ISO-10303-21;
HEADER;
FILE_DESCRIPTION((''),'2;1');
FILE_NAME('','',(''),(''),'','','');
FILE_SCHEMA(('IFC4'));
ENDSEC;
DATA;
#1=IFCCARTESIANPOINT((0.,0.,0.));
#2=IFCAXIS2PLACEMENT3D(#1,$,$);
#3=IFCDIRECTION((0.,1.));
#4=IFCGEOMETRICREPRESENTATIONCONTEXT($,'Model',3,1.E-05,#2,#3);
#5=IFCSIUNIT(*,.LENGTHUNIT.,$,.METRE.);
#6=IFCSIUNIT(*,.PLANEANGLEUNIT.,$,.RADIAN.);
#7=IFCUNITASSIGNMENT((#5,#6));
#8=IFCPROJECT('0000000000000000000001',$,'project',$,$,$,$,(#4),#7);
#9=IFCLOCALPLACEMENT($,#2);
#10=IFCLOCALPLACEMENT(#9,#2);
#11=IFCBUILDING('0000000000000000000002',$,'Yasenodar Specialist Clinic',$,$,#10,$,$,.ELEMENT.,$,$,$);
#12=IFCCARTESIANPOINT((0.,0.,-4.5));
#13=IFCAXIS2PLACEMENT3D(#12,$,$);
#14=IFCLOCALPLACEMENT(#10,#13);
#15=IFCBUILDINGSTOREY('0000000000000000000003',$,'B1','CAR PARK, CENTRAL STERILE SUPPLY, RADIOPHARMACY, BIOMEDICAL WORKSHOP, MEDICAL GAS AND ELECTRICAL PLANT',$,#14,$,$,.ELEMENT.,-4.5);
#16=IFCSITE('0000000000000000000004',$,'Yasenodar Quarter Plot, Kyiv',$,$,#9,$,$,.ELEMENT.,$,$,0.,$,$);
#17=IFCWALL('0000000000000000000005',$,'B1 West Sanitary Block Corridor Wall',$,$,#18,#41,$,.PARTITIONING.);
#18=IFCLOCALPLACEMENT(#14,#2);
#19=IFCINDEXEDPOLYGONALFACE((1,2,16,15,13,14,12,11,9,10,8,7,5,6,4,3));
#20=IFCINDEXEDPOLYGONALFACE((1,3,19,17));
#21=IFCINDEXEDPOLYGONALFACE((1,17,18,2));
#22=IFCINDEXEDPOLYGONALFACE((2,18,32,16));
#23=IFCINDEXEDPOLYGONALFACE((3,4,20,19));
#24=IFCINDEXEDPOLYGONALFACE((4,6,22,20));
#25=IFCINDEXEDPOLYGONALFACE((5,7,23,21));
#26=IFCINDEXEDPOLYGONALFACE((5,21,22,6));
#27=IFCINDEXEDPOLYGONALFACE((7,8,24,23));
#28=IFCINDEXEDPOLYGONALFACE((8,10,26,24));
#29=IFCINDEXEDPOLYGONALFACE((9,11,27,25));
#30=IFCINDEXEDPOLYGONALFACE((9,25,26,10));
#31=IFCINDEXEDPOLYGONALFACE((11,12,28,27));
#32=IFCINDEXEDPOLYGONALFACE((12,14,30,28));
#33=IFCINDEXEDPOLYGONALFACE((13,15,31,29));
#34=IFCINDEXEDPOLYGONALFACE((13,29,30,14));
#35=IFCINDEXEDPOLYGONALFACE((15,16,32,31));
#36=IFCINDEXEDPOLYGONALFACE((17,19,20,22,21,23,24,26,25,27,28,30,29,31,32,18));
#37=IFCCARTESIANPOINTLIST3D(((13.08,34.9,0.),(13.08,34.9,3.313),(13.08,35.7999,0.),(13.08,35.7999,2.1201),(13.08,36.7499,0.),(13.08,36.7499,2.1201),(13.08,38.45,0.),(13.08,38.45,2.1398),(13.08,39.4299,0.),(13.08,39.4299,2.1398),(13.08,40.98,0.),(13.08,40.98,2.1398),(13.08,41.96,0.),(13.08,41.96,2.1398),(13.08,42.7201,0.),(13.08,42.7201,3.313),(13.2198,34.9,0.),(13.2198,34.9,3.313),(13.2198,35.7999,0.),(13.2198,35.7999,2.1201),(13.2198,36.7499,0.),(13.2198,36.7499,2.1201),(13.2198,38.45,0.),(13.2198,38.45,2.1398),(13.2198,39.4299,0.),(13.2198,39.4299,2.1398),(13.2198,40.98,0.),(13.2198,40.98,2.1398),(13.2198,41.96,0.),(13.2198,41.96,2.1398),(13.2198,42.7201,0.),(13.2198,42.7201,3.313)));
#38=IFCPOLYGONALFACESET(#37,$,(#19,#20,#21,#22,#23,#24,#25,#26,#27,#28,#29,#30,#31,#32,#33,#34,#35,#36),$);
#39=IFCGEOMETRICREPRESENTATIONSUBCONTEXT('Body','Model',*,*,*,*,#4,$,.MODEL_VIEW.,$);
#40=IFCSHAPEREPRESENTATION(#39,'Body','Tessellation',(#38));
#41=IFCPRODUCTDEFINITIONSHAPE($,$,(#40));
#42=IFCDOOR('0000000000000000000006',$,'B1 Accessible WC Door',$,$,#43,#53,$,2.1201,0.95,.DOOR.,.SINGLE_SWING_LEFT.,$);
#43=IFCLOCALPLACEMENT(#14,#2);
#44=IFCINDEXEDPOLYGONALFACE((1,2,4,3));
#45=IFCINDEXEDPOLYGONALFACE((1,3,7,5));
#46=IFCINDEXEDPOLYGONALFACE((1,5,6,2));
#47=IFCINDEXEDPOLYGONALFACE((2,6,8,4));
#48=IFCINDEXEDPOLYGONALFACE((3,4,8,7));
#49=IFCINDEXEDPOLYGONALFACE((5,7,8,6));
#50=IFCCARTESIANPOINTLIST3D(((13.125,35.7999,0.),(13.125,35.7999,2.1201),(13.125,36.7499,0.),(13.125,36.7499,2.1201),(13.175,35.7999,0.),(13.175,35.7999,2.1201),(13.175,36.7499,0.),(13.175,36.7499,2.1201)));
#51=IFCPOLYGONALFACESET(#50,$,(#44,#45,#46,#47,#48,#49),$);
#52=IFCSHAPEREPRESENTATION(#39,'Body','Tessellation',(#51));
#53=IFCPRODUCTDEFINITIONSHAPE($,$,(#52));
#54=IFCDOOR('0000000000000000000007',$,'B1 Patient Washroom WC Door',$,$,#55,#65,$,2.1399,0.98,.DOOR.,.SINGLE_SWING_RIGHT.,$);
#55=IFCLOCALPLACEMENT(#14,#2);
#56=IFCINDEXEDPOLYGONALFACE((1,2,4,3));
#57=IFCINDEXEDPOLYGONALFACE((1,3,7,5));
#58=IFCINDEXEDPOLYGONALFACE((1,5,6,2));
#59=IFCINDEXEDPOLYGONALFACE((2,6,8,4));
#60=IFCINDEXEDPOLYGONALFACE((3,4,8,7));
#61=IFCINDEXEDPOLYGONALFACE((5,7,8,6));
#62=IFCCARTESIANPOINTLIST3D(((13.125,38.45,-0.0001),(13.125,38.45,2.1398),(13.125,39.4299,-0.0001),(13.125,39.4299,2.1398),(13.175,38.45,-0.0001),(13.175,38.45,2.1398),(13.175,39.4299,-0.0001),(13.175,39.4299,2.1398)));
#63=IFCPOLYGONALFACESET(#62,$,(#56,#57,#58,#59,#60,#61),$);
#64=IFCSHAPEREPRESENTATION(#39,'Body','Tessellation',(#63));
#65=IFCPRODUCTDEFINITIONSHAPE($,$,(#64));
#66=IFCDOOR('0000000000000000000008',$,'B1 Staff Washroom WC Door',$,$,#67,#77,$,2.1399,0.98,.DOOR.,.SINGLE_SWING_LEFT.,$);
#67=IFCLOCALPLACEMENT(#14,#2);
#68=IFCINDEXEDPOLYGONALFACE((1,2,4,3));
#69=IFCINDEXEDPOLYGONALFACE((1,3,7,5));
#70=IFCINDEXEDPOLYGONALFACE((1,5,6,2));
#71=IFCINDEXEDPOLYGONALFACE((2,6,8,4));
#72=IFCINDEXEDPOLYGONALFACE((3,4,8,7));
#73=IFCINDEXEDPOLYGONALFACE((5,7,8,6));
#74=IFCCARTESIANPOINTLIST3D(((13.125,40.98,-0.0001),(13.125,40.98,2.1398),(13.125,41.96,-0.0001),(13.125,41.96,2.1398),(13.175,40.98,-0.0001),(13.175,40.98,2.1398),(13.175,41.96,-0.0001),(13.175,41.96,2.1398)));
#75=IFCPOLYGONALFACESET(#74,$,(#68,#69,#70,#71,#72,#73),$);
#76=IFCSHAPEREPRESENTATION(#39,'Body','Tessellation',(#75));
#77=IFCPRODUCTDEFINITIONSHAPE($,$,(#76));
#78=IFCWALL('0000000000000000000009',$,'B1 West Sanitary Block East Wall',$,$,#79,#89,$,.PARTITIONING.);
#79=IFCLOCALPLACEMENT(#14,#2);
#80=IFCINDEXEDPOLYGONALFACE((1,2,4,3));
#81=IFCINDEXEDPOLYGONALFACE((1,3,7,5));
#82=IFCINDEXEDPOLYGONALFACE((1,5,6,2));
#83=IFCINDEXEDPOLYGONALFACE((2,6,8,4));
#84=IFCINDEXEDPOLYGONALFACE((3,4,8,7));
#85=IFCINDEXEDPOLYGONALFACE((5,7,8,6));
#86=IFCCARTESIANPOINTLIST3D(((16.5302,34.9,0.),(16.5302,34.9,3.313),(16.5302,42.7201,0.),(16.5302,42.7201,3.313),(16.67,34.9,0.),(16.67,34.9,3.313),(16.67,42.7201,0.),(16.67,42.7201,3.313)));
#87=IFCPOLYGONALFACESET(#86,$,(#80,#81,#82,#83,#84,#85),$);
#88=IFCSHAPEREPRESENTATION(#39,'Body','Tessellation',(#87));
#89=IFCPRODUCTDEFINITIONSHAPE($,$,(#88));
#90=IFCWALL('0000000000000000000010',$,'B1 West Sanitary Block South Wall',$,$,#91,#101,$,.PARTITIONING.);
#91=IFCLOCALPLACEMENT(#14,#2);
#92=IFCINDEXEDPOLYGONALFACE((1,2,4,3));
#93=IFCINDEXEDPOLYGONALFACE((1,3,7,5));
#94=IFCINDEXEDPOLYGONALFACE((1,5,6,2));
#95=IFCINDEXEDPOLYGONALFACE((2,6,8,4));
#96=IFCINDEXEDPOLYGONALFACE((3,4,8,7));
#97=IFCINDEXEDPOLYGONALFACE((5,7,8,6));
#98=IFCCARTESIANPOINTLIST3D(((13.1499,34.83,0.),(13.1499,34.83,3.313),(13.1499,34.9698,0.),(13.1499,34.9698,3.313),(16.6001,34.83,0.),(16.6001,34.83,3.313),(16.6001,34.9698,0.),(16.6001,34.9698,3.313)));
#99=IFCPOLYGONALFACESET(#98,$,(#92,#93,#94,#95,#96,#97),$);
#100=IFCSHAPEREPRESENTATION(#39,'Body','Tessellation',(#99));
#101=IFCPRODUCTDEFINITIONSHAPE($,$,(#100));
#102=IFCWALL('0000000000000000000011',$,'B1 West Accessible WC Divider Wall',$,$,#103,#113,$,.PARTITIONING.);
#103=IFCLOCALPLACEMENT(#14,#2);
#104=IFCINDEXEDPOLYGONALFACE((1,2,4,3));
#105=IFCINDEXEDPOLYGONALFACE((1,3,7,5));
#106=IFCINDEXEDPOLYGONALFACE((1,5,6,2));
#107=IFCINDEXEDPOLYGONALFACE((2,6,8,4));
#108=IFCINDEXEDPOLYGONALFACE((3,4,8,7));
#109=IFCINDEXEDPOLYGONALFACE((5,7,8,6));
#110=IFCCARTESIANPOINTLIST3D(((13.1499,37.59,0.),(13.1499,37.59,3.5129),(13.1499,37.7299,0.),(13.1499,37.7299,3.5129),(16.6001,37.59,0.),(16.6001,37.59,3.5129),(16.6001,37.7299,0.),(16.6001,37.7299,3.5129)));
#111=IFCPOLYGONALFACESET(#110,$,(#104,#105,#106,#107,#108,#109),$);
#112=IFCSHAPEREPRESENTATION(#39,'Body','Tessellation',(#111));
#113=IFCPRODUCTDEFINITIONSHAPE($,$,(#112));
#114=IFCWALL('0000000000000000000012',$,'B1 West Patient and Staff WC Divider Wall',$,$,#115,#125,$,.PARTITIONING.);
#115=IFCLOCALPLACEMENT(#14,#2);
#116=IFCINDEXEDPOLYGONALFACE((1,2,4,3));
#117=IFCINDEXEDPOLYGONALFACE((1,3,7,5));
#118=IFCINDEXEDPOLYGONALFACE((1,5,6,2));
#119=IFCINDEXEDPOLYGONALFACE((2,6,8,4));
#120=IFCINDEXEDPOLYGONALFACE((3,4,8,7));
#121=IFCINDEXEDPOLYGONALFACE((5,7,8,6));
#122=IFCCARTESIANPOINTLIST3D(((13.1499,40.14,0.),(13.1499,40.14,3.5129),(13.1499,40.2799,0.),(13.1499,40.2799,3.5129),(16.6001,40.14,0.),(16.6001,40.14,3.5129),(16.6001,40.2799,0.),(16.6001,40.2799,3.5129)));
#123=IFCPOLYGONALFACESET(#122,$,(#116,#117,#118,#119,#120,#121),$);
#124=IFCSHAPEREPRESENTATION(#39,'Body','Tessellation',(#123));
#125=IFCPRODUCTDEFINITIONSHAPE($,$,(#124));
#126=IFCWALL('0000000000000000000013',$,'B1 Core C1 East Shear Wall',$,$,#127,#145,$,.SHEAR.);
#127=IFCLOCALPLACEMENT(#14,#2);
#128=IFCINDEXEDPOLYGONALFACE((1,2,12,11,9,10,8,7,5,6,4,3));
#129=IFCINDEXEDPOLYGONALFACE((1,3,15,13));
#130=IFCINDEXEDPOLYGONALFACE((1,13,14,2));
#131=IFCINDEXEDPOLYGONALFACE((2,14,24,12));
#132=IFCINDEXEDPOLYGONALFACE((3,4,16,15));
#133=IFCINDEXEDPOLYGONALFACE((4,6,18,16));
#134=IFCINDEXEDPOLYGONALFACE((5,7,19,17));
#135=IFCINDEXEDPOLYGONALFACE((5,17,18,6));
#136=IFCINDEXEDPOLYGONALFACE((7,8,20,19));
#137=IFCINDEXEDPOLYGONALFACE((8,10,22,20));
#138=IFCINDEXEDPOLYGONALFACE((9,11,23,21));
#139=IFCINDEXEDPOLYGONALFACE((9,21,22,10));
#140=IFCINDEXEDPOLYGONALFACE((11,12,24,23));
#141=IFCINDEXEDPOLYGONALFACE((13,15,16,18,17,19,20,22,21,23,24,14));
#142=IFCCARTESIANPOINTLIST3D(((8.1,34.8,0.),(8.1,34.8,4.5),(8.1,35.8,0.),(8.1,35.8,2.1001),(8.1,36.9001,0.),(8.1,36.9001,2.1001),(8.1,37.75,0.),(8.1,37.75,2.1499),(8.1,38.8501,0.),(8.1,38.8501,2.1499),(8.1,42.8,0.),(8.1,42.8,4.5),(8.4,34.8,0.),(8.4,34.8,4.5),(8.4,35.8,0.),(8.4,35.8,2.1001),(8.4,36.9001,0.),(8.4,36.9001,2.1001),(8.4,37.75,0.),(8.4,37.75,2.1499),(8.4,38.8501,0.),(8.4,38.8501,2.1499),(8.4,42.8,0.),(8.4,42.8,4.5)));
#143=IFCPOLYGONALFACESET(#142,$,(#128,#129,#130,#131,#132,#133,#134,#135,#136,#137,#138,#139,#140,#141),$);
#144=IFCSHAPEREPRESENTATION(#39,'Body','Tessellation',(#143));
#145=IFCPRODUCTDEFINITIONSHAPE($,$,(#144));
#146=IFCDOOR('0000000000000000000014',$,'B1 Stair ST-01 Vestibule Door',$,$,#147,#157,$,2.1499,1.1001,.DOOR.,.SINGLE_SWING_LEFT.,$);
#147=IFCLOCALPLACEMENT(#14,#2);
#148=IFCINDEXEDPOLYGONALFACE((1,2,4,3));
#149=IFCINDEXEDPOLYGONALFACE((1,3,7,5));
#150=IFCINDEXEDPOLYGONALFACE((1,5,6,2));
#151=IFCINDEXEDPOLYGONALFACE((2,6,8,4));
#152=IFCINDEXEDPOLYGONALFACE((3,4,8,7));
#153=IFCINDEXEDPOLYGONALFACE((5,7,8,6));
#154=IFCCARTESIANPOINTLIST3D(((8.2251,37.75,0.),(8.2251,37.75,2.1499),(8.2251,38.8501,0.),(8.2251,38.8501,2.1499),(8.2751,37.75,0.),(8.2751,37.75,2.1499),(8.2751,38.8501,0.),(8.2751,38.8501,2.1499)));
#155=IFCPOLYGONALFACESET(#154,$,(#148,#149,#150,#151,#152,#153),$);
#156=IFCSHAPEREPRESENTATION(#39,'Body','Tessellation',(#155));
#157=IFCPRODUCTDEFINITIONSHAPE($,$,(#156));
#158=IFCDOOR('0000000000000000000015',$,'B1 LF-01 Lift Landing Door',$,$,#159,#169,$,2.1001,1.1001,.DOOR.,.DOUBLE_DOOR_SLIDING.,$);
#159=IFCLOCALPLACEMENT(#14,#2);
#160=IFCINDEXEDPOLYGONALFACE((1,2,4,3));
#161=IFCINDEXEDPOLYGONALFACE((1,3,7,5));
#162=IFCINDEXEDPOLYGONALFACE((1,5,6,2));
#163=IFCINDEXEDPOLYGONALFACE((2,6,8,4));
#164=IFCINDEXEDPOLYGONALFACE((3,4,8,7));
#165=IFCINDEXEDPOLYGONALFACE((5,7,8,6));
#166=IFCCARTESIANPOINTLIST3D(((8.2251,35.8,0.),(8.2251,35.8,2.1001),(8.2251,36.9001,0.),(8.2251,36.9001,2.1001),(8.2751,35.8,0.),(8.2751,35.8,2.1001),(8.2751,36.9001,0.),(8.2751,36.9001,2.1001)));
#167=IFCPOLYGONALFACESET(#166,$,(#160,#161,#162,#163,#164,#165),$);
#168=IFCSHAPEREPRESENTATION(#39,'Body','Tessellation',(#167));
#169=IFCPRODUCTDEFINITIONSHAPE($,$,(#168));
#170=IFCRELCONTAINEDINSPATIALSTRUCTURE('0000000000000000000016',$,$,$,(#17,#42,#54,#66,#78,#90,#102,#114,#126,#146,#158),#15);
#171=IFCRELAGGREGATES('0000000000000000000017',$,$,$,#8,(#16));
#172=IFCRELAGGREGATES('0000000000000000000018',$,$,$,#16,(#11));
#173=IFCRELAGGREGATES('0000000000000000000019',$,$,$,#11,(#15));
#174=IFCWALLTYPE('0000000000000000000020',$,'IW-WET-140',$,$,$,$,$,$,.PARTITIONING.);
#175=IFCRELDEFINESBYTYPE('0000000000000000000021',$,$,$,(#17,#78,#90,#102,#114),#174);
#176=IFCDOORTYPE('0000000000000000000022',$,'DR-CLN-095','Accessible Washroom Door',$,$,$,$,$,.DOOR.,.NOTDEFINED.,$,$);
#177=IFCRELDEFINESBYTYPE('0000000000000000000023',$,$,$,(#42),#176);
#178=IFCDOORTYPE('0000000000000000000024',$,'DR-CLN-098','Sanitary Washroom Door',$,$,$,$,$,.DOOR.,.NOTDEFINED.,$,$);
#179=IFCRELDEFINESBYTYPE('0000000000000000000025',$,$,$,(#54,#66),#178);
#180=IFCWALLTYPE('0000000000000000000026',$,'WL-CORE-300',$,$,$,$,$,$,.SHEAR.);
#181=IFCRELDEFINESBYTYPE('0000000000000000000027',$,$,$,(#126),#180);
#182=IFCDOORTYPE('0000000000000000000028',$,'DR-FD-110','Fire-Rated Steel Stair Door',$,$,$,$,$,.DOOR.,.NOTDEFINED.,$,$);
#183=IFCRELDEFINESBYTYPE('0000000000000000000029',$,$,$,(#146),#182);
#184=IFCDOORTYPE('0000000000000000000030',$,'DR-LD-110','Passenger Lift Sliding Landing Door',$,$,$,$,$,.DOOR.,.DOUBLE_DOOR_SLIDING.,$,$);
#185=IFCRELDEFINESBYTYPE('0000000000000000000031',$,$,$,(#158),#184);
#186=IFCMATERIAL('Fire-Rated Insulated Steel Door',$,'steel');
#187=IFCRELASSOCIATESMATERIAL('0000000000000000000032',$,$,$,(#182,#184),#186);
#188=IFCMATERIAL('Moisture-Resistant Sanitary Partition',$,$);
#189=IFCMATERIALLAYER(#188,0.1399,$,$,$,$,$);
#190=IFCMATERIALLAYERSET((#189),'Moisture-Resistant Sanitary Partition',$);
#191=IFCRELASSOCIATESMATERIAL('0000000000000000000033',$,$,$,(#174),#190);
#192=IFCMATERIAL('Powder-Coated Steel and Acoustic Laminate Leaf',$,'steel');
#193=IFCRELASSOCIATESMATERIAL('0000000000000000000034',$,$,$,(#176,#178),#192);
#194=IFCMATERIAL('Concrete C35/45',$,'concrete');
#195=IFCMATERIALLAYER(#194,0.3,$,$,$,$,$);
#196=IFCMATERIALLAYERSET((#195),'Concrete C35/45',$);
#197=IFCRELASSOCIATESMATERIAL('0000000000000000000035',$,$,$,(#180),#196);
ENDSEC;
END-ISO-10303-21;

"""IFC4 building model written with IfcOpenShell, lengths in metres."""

from ifc_helpers import new_model, si_unit, direction, frame, frame_2d, origin, place, context, subcontext, project, spatial, rectangle, extrude, material, layer, layer_set, type_object, element, fill, save


model = new_model("IFC4")

# Units and contexts
model_context = context("Model", 3, precision=1e-05, world=origin(), true_north=direction((0.0, 1.0)))
body_context = subcontext(model_context, "Body", "Model", "MODEL_VIEW")
ifc_project = project(units=[si_unit("LENGTHUNIT", "METRE"), si_unit("PLANEANGLEUNIT", "RADIAN")], contexts=[model_context])

# Site, building, storey
site_placement = place(None, origin())
site = spatial("IfcSite", under=ifc_project, at=site_placement, Name="Yasenodar Quarter Plot, Kyiv", CompositionType="ELEMENT", RefElevation=0.0)
building_placement = place(site_placement, origin())
building = spatial("IfcBuilding", under=site, at=building_placement, Name="Yasenodar Specialist Clinic", CompositionType="ELEMENT")
storey_placement = place(building_placement, frame((0.0, 0.0, -4.5)))
storey = spatial("IfcBuildingStorey", under=building, at=storey_placement, Name="B1", Description="CAR PARK, CENTRAL STERILE SUPPLY, RADIOPHARMACY, BIOMEDICAL WORKSHOP, MEDICAL GAS AND ELECTRICAL PLANT", CompositionType="ELEMENT", Elevation=-4.5)

# Shared definitions
ifc_material_1 = material(Name="Concrete C35/45", Category="concrete")

# Shared definitions
ifc_material_2 = material(Name="Fire-Rated Insulated Steel Door", Category="steel")

# Shared definitions
door_type_1 = type_object("IfcDoorType", Name="DR-FD-110", Description="Fire-Rated Steel Stair Door", OperationType="NOTDEFINED", PredefinedType="DOOR", material=ifc_material_2)

# Wall, openings, doors
ifc_material_3 = material(Name="Moisture-Resistant Sanitary Partition")
ifc_layer_1 = layer(ifc_material_3, 0.1399)
ifc_layer_set_1 = layer_set([ifc_layer_1], Name="Moisture-Resistant Sanitary Partition")
wall_type_1 = type_object("IfcWallType", Name="IW-WET-140", PredefinedType="PARTITIONING", material=ifc_layer_set_1)
wall_1_placement = place(storey_placement, frame((13.1499, 34.8999, 0.0), z_axis=(0.0, 0.0, 1.0), x_axis=(0.0, 1.0, 0.0)))
wall_1 = element("IfcWall", 1, at=wall_1_placement, inside=storey, type_object=wall_type_1, Name="B1 West Sanitary Block Corridor Wall", PredefinedType="PARTITIONING", context=body_context, shape_type="SweptSolid", body=[
    extrude(rectangle(XDim=7.8201, YDim=0.1399, at=frame_2d((3.9102, 0.0))), origin(), (0.0, 0.0, 1.0), 3.313),
])
opening_1_placement = place(wall_1_placement, frame((0.8999, 0.0, 0.0)))
opening_1 = element("IfcOpeningElement", 2, at=opening_1_placement, cuts=wall_1, PredefinedType="OPENING", context=body_context, shape_type="SweptSolid", body=[
    extrude(rectangle(XDim=0.95, YDim=2.1201, at=frame_2d((0.4751, 1.0601))), frame((0.0, 0.0801, 0.0), z_axis=(0.0, -1.0, 0.0), x_axis=(1.0, 0.0, 0.0)), (0.0, 0.0, 1.0), 0.1599),
])
opening_2_placement = place(wall_1_placement, frame((3.55, 0.0, 0.0)))
opening_2 = element("IfcOpeningElement", 3, at=opening_2_placement, cuts=wall_1, PredefinedType="OPENING", context=body_context, shape_type="SweptSolid", body=[
    extrude(rectangle(XDim=0.98, YDim=2.1399, at=frame_2d((0.49, 1.0698))), frame((0.0, 0.0801, 0.0), z_axis=(0.0, -1.0, 0.0), x_axis=(1.0, 0.0, 0.0)), (0.0, 0.0, 1.0), 0.1599),
])
opening_3_placement = place(wall_1_placement, frame((6.0801, 0.0, 0.0)))
opening_3 = element("IfcOpeningElement", 4, at=opening_3_placement, cuts=wall_1, PredefinedType="OPENING", context=body_context, shape_type="SweptSolid", body=[
    extrude(rectangle(XDim=0.98, YDim=2.1399, at=frame_2d((0.49, 1.0698))), frame((0.0, 0.0801, 0.0), z_axis=(0.0, -1.0, 0.0), x_axis=(1.0, 0.0, 0.0)), (0.0, 0.0, 1.0), 0.1599),
])
ifc_material_4 = material(Name="Powder-Coated Steel and Acoustic Laminate Leaf", Category="steel")
door_type_2 = type_object("IfcDoorType", Name="DR-CLN-095", Description="Accessible Washroom Door", OperationType="NOTDEFINED", PredefinedType="DOOR", material=ifc_material_4)
door_1_placement = place(opening_1_placement, origin())
door_1 = element("IfcDoor", 5, at=door_1_placement, inside=storey, type_object=door_type_2, Name="B1 Accessible WC Door", OperationType="SINGLE_SWING_LEFT", OverallHeight=2.1201, OverallWidth=0.95, PredefinedType="DOOR", context=body_context, shape_type="SweptSolid", body=[
    extrude(rectangle(XDim=0.95, YDim=2.1201, at=frame_2d((0.4751, 1.0601))), frame((0.0, 0.0249, 0.0), z_axis=(0.0, -1.0, 0.0), x_axis=(1.0, 0.0, 0.0)), (0.0, 0.0, 1.0), 0.05),
])
fill(opening_1, door_1)
door_type_3 = type_object("IfcDoorType", Name="DR-CLN-098", Description="Sanitary Washroom Door", OperationType="NOTDEFINED", PredefinedType="DOOR", material=ifc_material_4)
door_2_placement = place(opening_2_placement, origin())
door_2 = element("IfcDoor", 6, at=door_2_placement, inside=storey, type_object=door_type_3, Name="B1 Patient Washroom WC Door", OperationType="SINGLE_SWING_RIGHT", OverallHeight=2.1399, OverallWidth=0.98, PredefinedType="DOOR", context=body_context, shape_type="SweptSolid", body=[
    extrude(rectangle(XDim=0.98, YDim=2.1399, at=frame_2d((0.49, 1.0698))), frame((0.0, 0.0249, 0.0), z_axis=(0.0, -1.0, 0.0), x_axis=(1.0, 0.0, 0.0)), (0.0, 0.0, 1.0), 0.05),
])
fill(opening_2, door_2)
door_3_placement = place(opening_3_placement, origin())
door_3 = element("IfcDoor", 7, at=door_3_placement, inside=storey, type_object=door_type_3, Name="B1 Staff Washroom WC Door", OperationType="SINGLE_SWING_LEFT", OverallHeight=2.1399, OverallWidth=0.98, PredefinedType="DOOR", context=body_context, shape_type="SweptSolid", body=[
    extrude(rectangle(XDim=0.98, YDim=2.1399, at=frame_2d((0.49, 1.0698))), frame((0.0, 0.0249, 0.0), z_axis=(0.0, -1.0, 0.0), x_axis=(1.0, 0.0, 0.0)), (0.0, 0.0, 1.0), 0.05),
])
fill(opening_3, door_3)

# Walls
wall_2_placement = place(storey_placement, frame((16.6001, 34.8999, 0.0), z_axis=(0.0, 0.0, 1.0), x_axis=(0.0, 1.0, 0.0)))
element("IfcWall", 8, at=wall_2_placement, inside=storey, type_object=wall_type_1, Name="B1 West Sanitary Block East Wall", PredefinedType="PARTITIONING", context=body_context, shape_type="SweptSolid", body=[
    extrude(rectangle(XDim=7.8201, YDim=0.1399, at=frame_2d((3.9102, 0.0))), origin(), (0.0, 0.0, 1.0), 3.313),
])
wall_3_placement = place(storey_placement, frame((13.1499, 34.8999, 0.0), z_axis=(0.0, 0.0, 1.0), x_axis=(1.0, 0.0, 0.0)))
element("IfcWall", 9, at=wall_3_placement, inside=storey, type_object=wall_type_1, Name="B1 West Sanitary Block South Wall", PredefinedType="PARTITIONING", context=body_context, shape_type="SweptSolid", body=[
    extrude(rectangle(XDim=3.4502, YDim=0.1399, at=frame_2d((1.7251, 0.0))), origin(), (0.0, 0.0, 1.0), 3.313),
])
for number, where, z_axis, x_axis, name in (
    (10, (13.1499, 37.6599, 0.0), (0.0, 0.0, 1.0), (1.0, 0.0, 0.0), "B1 West Accessible WC Divider Wall"),
    (11, (13.1499, 40.21, 0.0), (0.0, 0.0, 1.0), (1.0, 0.0, 0.0), "B1 West Patient and Staff WC Divider Wall"),
):
    element("IfcWall", number, at=place(storey_placement, frame(where, z_axis=z_axis, x_axis=x_axis)), inside=storey, type_object=wall_type_1, Name=name, PredefinedType="PARTITIONING", context=body_context, shape_type="SweptSolid", body=[
        extrude(rectangle(XDim=3.4502, YDim=0.1399, at=frame_2d((1.7251, 0.0))), origin(), (0.0, 0.0, 1.0), 3.5129),
    ])

# Wall, openings, doors
ifc_layer_2 = layer(ifc_material_1, 0.3)
ifc_layer_set_2 = layer_set([ifc_layer_2], Name="Concrete C35/45")
wall_type_2 = type_object("IfcWallType", Name="WL-CORE-300", PredefinedType="SHEAR", material=ifc_layer_set_2)
wall_4_placement = place(storey_placement, frame((8.25, 34.8, 0.0), z_axis=(0.0, 0.0, 1.0), x_axis=(0.0, 1.0, 0.0)))
wall_4 = element("IfcWall", 12, at=wall_4_placement, inside=storey, type_object=wall_type_2, Name="B1 Core C1 East Shear Wall", PredefinedType="SHEAR", context=body_context, shape_type="SweptSolid", body=[
    extrude(rectangle(XDim=8.0, YDim=0.3, at=frame_2d((4.0, 0.0))), origin(), (0.0, 0.0, 1.0), 4.5),
])
opening_4_placement = place(wall_4_placement, frame((2.95, 0.0, 0.0)))
opening_4 = element("IfcOpeningElement", 13, at=opening_4_placement, cuts=wall_4, PredefinedType="OPENING", context=body_context, shape_type="SweptSolid", body=[
    extrude(rectangle(XDim=1.1001, YDim=2.1499, at=frame_2d((0.55, 1.075))), frame((0.0, 0.1602, 0.0), z_axis=(0.0, -1.0, 0.0), x_axis=(1.0, 0.0, 0.0)), (0.0, 0.0, 1.0), 0.3201),
])
opening_5_placement = place(wall_4_placement, frame((1.0, 0.0, 0.0)))
opening_5 = element("IfcOpeningElement", 14, at=opening_5_placement, cuts=wall_4, PredefinedType="OPENING", context=body_context, shape_type="SweptSolid", body=[
    extrude(rectangle(XDim=1.1001, YDim=2.1001, at=frame_2d((0.55, 1.05))), frame((0.0, 0.1602, 0.0), z_axis=(0.0, -1.0, 0.0), x_axis=(1.0, 0.0, 0.0)), (0.0, 0.0, 1.0), 0.3201),
])
door_4_placement = place(opening_4_placement, origin())
door_4 = element("IfcDoor", 15, at=door_4_placement, inside=storey, type_object=door_type_1, Name="B1 Stair ST-01 Vestibule Door", OperationType="SINGLE_SWING_LEFT", OverallHeight=2.1499, OverallWidth=1.1001, PredefinedType="DOOR", context=body_context, shape_type="SweptSolid", body=[
    extrude(rectangle(XDim=1.1001, YDim=2.1499, at=frame_2d((0.55, 1.075))), frame((0.0, 0.0249, 0.0), z_axis=(0.0, -1.0, 0.0), x_axis=(1.0, 0.0, 0.0)), (0.0, 0.0, 1.0), 0.05),
])
fill(opening_4, door_4)
door_type_4 = type_object("IfcDoorType", Name="DR-LD-110", Description="Passenger Lift Sliding Landing Door", OperationType="DOUBLE_DOOR_SLIDING", PredefinedType="DOOR", material=ifc_material_2)
door_5_placement = place(opening_5_placement, origin())
door_5 = element("IfcDoor", 16, at=door_5_placement, inside=storey, type_object=door_type_4, Name="B1 LF-01 Lift Landing Door", OperationType="DOUBLE_DOOR_SLIDING", OverallHeight=2.1001, OverallWidth=1.1001, PredefinedType="DOOR", context=body_context, shape_type="SweptSolid", body=[
    extrude(rectangle(XDim=1.1001, YDim=2.1001, at=frame_2d((0.55, 1.05))), frame((0.0, 0.0249, 0.0), z_axis=(0.0, -1.0, 0.0), x_axis=(1.0, 0.0, 0.0)), (0.0, 0.0, 1.0), 0.05),
])
fill(opening_5, door_5)

save(model, "model.ifc")
